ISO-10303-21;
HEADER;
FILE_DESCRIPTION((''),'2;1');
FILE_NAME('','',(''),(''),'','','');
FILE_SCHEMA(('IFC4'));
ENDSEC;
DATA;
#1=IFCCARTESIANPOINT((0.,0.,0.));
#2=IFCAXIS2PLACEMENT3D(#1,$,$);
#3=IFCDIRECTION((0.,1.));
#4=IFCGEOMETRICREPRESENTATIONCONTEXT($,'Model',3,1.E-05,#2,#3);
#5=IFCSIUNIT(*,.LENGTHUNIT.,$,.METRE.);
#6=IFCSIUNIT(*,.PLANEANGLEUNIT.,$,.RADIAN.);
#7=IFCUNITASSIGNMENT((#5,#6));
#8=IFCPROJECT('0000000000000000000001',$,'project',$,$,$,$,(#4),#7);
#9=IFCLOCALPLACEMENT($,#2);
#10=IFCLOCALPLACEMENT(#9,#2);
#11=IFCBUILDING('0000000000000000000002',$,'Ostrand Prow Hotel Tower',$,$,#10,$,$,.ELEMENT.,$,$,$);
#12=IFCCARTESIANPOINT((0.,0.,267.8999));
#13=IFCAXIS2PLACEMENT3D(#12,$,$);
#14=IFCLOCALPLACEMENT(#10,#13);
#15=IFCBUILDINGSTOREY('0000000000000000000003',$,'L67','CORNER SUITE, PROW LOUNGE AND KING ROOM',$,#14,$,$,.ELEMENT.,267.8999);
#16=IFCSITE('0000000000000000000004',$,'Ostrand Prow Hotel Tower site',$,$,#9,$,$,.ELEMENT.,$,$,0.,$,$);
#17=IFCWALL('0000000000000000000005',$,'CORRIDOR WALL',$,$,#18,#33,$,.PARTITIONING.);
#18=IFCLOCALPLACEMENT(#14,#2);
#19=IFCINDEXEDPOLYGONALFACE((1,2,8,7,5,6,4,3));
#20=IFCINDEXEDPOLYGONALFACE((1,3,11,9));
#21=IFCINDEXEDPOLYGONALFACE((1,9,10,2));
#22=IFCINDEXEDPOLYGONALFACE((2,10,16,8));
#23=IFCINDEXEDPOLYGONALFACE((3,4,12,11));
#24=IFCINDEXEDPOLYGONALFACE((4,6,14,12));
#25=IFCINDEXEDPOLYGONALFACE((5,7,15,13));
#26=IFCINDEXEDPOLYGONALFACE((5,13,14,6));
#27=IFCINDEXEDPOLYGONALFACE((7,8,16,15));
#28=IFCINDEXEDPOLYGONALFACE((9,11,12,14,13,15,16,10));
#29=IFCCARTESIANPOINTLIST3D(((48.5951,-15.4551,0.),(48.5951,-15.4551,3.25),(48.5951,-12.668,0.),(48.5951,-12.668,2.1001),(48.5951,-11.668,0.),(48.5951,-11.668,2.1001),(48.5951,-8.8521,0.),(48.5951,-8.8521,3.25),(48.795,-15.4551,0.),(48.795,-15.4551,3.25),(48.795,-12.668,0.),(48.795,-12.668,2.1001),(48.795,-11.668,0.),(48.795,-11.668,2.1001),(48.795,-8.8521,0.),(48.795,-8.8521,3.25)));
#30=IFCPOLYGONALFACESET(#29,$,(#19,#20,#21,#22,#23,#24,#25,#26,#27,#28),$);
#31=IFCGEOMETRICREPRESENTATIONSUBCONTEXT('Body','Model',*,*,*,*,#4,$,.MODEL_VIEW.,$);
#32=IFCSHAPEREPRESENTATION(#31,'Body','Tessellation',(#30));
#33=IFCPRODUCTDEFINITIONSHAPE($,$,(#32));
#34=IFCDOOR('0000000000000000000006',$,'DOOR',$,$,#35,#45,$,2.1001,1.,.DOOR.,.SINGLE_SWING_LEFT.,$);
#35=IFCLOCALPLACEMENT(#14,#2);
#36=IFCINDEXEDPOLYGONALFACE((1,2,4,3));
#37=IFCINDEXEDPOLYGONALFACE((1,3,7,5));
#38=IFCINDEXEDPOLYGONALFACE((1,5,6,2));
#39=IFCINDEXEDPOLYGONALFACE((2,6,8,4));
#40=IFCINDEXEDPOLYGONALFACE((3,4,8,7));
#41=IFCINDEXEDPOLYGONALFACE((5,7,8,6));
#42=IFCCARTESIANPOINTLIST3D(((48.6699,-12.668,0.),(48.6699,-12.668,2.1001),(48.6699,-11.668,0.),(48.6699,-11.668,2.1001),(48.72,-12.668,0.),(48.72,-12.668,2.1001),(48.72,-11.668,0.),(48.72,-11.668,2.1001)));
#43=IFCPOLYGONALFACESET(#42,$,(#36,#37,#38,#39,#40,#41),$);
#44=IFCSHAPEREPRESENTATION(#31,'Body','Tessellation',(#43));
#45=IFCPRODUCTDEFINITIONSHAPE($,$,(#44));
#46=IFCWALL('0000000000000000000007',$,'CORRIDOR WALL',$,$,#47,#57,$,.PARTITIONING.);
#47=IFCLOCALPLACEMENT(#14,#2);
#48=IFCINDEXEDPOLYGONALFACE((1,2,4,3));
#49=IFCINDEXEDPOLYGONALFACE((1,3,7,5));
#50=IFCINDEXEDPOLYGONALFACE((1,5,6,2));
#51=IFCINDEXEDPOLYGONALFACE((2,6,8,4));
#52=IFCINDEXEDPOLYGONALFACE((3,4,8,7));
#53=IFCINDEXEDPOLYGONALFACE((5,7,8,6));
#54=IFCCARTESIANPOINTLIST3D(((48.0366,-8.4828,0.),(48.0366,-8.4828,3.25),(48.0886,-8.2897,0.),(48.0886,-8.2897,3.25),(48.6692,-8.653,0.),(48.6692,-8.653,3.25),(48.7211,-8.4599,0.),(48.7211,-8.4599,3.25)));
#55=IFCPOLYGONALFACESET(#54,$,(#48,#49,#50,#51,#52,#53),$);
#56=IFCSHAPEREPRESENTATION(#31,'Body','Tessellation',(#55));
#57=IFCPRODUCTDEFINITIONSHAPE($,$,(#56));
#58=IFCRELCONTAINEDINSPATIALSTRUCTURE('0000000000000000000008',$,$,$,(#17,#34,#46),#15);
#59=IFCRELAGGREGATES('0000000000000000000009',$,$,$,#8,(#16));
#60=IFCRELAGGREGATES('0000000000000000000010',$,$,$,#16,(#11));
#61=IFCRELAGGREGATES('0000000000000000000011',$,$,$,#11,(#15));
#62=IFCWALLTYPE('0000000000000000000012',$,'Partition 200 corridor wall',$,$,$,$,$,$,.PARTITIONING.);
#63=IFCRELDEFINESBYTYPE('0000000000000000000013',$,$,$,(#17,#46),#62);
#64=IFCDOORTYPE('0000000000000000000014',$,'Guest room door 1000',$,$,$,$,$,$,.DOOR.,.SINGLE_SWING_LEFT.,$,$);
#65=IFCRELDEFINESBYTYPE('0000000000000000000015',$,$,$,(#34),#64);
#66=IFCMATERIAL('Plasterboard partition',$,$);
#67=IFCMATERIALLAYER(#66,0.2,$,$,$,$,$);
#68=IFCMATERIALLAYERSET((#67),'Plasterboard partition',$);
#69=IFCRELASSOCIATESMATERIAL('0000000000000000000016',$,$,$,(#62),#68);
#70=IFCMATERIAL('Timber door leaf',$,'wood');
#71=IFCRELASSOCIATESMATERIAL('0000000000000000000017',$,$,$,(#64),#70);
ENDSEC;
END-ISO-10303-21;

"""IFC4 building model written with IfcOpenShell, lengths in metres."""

from ifc_helpers import new_model, si_unit, direction, frame, frame_2d, origin, place, context, subcontext, project, spatial, rectangle, extrude, material, layer, layer_set, type_object, element, fill, save


model = new_model("IFC4")

# Units and contexts
model_context = context("Model", 3, precision=1e-05, world=origin(), true_north=direction((0.0, 1.0)))
body_context = subcontext(model_context, "Body", "Model", "MODEL_VIEW")
ifc_project = project(units=[si_unit("LENGTHUNIT", "METRE"), si_unit("PLANEANGLEUNIT", "RADIAN")], contexts=[model_context])

# Site, building, storey
site_placement = place(None, origin())
site = spatial("IfcSite", under=ifc_project, at=site_placement, Name="Ostrand Prow Hotel Tower site", CompositionType="ELEMENT", RefElevation=0.0)
building_placement = place(site_placement, origin())
building = spatial("IfcBuilding", under=site, at=building_placement, Name="Ostrand Prow Hotel Tower", CompositionType="ELEMENT")
storey_placement = place(building_placement, frame((0.0, 0.0, 267.8999)))
storey = spatial("IfcBuildingStorey", under=building, at=storey_placement, Name="L67", Description="CORNER SUITE, PROW LOUNGE AND KING ROOM", CompositionType="ELEMENT", Elevation=267.8999)

# Shared definitions
ifc_material_1 = material(Name="Plasterboard partition")
ifc_layer_1 = layer(ifc_material_1, 0.2)
ifc_layer_set_1 = layer_set([ifc_layer_1], Name="Plasterboard partition")
wall_type_1 = type_object("IfcWallType", Name="Partition 200 corridor wall", PredefinedType="PARTITIONING", material=ifc_layer_set_1)

# Wall, opening, door
wall_1_placement = place(storey_placement, frame((48.6951, -8.8521, 0.0), z_axis=(0.0, 0.0, 1.0), x_axis=(0.0, -1.0, 0.0)))
wall_1 = element("IfcWall", 1, at=wall_1_placement, inside=storey, type_object=wall_type_1, Name="CORRIDOR WALL", PredefinedType="PARTITIONING", context=body_context, shape_type="SweptSolid", body=[
    extrude(rectangle(XDim=6.603, YDim=0.2, at=frame_2d((3.3015, 0.0))), origin(), (0.0, 0.0, 1.0), 3.25),
])
opening_1_placement = place(wall_1_placement, frame((2.8159, 0.0, 0.0)))
opening_1 = element("IfcOpeningElement", 2, at=opening_1_placement, cuts=wall_1, PredefinedType="OPENING", context=body_context, shape_type="SweptSolid", body=[
    extrude(rectangle(XDim=1.0, YDim=2.1001, at=frame_2d((0.5, 1.05))), frame((0.0, 0.1099, 0.0), z_axis=(0.0, -1.0, 0.0), x_axis=(1.0, 0.0, 0.0)), (0.0, 0.0, 1.0), 0.22),
])
ifc_material_2 = material(Name="Timber door leaf", Category="wood")
door_type_1 = type_object("IfcDoorType", Name="Guest room door 1000", OperationType="SINGLE_SWING_LEFT", PredefinedType="DOOR", material=ifc_material_2)
door_1_placement = place(opening_1_placement, origin())
door_1 = element("IfcDoor", 3, at=door_1_placement, inside=storey, type_object=door_type_1, Name="DOOR", OperationType="SINGLE_SWING_LEFT", OverallHeight=2.1001, OverallWidth=1.0, PredefinedType="DOOR", context=body_context, shape_type="SweptSolid", body=[
    extrude(rectangle(XDim=1.0, YDim=2.1001, at=frame_2d((0.5, 1.05))), frame((0.0, 0.0249, 0.0), z_axis=(0.0, -1.0, 0.0), x_axis=(1.0, 0.0, 0.0)), (0.0, 0.0, 1.0), 0.05),
])
fill(opening_1, door_1)

# Wall
wall_2_placement = place(storey_placement, frame((48.0625, -8.3862, 0.0), z_axis=(0.0, 0.0, 1.0), x_axis=(0.96567, -0.259773, 0.0)))
element("IfcWall", 4, at=wall_2_placement, inside=storey, type_object=wall_type_1, Name="CORRIDOR WALL", PredefinedType="PARTITIONING", context=body_context, shape_type="SweptSolid", body=[
    extrude(rectangle(XDim=0.655, YDim=0.2, at=frame_2d((0.3276, 0.0))), origin(), (0.0, 0.0, 1.0), 3.25),
])

save(model, "model.ifc")
